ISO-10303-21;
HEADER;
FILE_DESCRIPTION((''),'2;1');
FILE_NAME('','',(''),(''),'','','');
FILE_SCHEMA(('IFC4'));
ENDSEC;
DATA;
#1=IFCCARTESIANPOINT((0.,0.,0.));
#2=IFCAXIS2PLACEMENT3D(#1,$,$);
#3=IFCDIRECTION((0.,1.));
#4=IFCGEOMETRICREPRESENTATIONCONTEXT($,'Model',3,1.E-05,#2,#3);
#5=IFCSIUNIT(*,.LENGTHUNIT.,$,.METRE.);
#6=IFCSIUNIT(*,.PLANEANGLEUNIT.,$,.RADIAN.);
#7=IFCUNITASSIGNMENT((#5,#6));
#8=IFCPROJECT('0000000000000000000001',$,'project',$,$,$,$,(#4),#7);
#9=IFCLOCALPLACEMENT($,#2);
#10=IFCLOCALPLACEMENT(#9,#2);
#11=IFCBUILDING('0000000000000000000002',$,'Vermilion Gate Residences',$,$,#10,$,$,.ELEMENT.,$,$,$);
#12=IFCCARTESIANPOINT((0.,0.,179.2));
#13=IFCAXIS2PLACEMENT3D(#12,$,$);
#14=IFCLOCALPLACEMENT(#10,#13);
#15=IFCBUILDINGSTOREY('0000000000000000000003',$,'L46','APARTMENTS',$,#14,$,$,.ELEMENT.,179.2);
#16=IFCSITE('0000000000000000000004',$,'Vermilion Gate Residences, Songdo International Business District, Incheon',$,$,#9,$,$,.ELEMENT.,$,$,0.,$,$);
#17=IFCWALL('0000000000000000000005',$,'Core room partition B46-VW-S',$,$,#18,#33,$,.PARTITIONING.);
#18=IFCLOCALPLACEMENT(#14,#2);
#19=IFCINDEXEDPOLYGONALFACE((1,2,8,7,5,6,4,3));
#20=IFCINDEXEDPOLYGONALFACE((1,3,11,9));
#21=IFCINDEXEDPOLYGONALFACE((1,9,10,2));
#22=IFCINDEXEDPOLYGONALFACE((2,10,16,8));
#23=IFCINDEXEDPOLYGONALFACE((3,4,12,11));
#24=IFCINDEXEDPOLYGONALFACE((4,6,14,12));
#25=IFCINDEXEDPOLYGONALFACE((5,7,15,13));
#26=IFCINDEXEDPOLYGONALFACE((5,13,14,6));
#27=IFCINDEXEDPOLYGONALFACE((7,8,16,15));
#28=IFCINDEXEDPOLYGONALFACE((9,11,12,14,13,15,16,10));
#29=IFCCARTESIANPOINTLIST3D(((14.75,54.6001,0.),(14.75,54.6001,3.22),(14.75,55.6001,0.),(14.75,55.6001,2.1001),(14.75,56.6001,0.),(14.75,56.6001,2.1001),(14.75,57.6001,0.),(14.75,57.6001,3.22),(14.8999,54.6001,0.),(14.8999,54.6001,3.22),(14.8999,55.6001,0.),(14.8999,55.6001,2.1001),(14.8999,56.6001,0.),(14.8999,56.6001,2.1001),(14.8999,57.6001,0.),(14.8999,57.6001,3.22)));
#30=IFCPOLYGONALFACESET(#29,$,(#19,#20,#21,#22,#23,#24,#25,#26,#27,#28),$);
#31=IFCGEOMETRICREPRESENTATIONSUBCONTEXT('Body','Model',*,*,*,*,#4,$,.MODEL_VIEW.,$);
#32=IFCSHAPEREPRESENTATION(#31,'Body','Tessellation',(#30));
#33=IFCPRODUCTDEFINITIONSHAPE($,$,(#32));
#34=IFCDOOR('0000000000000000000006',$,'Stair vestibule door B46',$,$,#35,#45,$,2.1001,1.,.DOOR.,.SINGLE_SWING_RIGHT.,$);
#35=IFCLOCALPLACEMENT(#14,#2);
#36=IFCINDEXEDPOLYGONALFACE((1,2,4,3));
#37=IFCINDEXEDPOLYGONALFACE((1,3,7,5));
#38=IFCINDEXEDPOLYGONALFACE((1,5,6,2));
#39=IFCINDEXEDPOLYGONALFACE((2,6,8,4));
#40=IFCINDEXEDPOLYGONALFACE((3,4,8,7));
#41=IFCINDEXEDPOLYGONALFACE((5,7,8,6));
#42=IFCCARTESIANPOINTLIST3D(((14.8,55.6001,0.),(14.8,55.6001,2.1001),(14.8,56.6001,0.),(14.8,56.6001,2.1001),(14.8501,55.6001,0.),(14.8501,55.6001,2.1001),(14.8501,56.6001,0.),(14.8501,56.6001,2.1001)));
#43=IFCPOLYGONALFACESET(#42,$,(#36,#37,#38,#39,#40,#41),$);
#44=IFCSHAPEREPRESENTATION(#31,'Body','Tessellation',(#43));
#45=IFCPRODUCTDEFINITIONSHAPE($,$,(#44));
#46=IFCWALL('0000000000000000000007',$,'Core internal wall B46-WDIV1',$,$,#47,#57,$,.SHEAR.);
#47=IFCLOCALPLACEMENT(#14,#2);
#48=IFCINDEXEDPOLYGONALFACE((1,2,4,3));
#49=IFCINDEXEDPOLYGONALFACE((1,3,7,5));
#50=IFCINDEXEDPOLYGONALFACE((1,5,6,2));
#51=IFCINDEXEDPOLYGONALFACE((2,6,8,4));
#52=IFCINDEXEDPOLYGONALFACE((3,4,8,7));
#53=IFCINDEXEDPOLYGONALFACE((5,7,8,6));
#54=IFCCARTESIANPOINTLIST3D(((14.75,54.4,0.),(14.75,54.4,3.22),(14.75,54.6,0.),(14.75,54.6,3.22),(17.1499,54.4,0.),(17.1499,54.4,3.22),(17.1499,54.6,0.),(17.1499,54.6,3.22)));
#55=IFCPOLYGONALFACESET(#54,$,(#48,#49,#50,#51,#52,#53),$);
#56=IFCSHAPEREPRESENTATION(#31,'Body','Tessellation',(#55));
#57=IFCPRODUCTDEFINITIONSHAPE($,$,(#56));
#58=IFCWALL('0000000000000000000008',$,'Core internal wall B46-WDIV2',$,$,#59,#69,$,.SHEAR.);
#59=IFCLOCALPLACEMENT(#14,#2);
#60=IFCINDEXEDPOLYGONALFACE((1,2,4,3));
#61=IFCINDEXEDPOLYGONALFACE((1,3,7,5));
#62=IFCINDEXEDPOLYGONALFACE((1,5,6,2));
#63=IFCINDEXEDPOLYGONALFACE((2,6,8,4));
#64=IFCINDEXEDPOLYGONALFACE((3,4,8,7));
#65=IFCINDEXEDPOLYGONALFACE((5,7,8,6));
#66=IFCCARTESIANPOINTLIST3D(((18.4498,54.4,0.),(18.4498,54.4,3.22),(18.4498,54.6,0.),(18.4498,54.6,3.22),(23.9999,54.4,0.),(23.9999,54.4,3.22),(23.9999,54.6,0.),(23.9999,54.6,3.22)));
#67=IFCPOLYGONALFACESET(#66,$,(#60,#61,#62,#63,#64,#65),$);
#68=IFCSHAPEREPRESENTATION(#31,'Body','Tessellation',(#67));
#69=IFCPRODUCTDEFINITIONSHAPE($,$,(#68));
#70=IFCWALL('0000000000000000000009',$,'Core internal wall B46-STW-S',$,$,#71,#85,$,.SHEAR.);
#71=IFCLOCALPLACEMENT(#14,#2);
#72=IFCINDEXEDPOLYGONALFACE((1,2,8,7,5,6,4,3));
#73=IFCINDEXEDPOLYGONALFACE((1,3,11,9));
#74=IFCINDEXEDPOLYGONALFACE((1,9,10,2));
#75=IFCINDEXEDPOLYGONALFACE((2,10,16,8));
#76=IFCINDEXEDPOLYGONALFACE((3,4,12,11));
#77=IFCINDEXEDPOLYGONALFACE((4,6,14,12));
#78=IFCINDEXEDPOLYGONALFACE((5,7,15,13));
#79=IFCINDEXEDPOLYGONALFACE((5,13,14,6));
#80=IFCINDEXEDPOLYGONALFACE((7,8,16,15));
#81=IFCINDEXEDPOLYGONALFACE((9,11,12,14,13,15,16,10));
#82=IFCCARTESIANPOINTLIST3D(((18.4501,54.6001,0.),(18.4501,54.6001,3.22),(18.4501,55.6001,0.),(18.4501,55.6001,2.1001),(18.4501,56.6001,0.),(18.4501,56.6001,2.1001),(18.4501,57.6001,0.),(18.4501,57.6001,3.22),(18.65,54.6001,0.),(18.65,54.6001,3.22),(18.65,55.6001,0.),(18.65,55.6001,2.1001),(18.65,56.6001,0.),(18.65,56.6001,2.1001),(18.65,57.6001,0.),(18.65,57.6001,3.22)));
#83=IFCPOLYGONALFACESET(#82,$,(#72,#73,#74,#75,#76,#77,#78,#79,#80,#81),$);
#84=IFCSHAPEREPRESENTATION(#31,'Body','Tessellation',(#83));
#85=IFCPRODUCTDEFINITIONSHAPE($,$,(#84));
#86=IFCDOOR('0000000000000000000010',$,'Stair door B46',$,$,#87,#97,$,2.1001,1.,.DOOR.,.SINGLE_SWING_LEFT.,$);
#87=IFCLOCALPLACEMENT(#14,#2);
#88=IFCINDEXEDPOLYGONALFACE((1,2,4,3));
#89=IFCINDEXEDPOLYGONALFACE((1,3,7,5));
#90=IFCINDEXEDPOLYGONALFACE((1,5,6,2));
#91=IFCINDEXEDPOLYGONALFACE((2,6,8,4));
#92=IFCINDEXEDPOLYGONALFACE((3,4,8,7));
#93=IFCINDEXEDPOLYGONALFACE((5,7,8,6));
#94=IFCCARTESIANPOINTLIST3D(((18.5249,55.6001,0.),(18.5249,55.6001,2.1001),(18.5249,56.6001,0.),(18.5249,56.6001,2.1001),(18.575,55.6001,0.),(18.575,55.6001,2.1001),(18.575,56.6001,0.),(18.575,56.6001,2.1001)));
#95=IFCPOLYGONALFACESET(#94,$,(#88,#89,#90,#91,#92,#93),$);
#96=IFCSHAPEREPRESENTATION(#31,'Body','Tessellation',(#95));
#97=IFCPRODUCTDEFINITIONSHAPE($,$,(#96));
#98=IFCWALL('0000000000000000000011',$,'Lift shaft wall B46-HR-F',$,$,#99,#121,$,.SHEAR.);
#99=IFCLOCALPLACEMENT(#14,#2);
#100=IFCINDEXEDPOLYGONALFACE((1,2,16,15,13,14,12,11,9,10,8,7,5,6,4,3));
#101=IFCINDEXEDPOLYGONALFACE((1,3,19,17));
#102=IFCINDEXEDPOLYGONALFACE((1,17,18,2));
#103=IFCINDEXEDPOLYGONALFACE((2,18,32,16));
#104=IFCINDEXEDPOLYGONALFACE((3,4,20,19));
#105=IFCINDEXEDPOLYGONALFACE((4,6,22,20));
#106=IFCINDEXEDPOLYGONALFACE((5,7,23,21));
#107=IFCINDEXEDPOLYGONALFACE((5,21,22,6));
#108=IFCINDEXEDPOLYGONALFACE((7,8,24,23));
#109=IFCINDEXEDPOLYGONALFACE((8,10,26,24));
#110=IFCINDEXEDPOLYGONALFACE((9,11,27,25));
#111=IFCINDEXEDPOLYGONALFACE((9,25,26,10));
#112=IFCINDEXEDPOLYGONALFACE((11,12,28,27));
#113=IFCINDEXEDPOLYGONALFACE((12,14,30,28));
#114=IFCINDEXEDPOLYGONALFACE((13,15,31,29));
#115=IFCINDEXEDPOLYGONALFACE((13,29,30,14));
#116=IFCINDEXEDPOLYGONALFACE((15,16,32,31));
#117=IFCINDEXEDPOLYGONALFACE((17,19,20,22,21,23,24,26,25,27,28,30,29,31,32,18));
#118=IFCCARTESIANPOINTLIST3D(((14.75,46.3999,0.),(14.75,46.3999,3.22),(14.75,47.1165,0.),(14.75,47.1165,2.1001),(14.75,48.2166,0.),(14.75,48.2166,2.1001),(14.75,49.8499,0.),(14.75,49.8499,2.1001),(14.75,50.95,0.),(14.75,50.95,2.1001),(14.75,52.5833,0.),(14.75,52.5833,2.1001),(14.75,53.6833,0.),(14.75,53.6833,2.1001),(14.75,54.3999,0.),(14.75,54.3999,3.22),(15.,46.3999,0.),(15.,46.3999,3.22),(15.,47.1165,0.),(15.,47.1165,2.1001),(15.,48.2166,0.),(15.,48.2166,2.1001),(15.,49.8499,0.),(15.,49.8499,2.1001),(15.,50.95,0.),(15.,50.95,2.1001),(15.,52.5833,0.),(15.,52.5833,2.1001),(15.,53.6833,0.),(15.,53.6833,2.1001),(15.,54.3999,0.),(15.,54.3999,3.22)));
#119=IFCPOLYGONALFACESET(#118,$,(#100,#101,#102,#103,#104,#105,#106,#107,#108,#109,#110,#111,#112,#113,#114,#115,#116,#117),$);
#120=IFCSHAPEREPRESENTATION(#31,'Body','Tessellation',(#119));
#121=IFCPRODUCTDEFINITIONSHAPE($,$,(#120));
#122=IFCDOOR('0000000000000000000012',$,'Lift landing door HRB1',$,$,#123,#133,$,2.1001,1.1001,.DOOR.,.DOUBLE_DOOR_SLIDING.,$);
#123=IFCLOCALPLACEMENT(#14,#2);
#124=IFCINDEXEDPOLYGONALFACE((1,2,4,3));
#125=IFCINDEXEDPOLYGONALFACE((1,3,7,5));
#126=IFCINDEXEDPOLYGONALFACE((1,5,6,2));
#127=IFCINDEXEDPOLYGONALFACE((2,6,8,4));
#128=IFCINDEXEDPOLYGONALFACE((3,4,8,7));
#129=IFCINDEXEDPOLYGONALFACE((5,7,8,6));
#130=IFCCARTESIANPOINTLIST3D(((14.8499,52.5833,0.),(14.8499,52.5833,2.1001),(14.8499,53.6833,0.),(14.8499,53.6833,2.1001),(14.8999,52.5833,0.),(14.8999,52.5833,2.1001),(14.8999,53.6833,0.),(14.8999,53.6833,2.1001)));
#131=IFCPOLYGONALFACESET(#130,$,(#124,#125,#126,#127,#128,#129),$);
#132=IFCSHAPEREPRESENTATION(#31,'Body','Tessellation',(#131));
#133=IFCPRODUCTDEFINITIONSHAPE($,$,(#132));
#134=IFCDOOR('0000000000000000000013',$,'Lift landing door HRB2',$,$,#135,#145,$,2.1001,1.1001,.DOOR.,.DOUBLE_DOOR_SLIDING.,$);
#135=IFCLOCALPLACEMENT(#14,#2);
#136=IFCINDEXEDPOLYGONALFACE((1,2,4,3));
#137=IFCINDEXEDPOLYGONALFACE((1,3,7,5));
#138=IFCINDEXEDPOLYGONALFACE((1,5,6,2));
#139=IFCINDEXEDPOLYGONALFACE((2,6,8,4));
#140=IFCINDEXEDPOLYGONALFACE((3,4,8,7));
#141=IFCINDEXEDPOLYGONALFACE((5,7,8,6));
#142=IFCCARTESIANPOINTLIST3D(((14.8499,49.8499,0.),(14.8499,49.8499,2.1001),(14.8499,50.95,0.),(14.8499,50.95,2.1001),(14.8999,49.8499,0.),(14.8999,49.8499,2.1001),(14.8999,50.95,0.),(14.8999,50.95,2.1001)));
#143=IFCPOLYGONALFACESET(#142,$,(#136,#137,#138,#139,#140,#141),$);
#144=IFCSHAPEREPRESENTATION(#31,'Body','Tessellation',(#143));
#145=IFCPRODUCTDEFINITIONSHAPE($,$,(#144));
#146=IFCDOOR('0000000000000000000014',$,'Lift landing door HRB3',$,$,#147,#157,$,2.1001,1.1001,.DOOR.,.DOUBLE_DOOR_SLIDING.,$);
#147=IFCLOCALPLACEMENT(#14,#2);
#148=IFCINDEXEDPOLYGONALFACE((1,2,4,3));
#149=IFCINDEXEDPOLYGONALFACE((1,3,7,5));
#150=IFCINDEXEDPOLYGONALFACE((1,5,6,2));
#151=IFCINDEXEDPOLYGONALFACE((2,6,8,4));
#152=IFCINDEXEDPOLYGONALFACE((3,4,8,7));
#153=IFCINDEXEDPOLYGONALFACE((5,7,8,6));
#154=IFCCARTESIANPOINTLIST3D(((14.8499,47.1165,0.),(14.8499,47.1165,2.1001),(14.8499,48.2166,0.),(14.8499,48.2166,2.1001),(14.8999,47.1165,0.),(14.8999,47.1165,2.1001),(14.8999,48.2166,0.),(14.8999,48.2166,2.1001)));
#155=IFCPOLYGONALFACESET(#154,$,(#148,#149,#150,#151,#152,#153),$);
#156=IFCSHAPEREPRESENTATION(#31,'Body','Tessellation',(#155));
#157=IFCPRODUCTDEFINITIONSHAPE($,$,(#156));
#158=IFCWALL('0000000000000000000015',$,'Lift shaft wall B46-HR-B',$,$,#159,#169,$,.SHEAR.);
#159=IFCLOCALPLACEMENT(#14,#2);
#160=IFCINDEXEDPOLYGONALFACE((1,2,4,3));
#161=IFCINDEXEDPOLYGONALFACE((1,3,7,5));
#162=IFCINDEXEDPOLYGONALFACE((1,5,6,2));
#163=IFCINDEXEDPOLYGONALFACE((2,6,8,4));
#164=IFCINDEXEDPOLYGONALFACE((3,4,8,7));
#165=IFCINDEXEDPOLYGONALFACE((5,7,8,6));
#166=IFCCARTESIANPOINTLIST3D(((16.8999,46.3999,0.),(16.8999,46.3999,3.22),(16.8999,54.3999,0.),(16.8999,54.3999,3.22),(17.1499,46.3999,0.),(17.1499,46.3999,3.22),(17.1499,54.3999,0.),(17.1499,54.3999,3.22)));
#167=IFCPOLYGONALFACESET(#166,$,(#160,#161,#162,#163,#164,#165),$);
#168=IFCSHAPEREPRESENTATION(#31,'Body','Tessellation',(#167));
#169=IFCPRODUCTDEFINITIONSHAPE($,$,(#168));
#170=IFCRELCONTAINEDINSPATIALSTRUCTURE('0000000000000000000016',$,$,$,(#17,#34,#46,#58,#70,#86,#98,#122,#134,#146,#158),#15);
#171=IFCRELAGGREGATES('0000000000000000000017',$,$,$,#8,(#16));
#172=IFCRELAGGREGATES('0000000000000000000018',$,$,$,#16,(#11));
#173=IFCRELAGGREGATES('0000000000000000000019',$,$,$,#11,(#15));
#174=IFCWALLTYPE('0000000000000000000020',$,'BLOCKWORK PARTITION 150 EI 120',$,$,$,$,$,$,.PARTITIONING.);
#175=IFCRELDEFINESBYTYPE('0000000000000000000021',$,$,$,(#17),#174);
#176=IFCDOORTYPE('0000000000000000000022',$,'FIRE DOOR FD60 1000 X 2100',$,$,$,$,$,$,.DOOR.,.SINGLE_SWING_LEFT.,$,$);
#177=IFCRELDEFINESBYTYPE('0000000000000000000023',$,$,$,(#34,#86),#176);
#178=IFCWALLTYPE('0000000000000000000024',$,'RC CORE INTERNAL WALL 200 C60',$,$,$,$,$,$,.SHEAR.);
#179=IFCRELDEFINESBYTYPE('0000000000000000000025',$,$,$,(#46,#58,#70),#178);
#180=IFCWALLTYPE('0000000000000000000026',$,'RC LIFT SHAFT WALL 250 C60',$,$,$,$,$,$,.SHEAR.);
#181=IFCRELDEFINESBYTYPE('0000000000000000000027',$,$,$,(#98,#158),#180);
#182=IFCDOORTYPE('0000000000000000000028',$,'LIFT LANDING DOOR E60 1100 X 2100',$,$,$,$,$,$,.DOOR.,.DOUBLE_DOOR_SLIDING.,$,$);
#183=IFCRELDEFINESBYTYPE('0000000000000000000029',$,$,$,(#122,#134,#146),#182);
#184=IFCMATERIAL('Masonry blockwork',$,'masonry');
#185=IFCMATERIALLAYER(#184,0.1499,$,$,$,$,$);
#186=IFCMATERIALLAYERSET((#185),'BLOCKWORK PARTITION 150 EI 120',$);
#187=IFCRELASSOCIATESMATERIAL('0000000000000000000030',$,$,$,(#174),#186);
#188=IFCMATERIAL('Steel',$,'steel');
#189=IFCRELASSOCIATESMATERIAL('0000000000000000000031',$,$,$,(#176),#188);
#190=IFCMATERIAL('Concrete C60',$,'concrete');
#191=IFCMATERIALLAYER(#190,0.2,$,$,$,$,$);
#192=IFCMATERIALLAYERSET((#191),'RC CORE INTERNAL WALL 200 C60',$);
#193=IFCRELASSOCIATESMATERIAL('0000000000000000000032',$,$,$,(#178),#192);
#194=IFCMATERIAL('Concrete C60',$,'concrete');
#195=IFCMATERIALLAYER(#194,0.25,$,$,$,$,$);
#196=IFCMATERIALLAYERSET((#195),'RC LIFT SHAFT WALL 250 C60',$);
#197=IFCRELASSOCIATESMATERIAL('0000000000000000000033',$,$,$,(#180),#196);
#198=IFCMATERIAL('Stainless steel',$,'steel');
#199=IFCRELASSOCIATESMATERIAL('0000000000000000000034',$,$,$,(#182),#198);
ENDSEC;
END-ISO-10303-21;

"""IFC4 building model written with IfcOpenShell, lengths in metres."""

from ifc_helpers import new_model, si_unit, direction, frame, frame_2d, origin, place, context, subcontext, project, spatial, rectangle, extrude, material, layer, layer_set, type_object, element, fill, save


model = new_model("IFC4")

# Units and contexts
model_context = context("Model", 3, precision=1e-05, world=origin(), true_north=direction((0.0, 1.0)))
body_context = subcontext(model_context, "Body", "Model", "MODEL_VIEW")
ifc_project = project(units=[si_unit("LENGTHUNIT", "METRE"), si_unit("PLANEANGLEUNIT", "RADIAN")], contexts=[model_context])

# Site, building, storey
site_placement = place(None, origin())
site = spatial("IfcSite", under=ifc_project, at=site_placement, Name="Vermilion Gate Residences, Songdo International Business District, Incheon", CompositionType="ELEMENT", RefElevation=0.0)
building_placement = place(site_placement, origin())
building = spatial("IfcBuilding", under=site, at=building_placement, Name="Vermilion Gate Residences", CompositionType="ELEMENT")
storey_placement = place(building_placement, frame((0.0, 0.0, 179.2)))
storey = spatial("IfcBuildingStorey", under=building, at=storey_placement, Name="L46", Description="APARTMENTS", CompositionType="ELEMENT", Elevation=179.2)

# Wall, opening, door
ifc_material_1 = material(Name="Masonry blockwork", Category="masonry")
ifc_layer_1 = layer(ifc_material_1, 0.1499)
ifc_layer_set_1 = layer_set([ifc_layer_1], Name="BLOCKWORK PARTITION 150 EI 120")
wall_type_1 = type_object("IfcWallType", Name="BLOCKWORK PARTITION 150 EI 120", PredefinedType="PARTITIONING", material=ifc_layer_set_1)
wall_1_placement = place(storey_placement, frame((14.825, 57.6001, 0.0), z_axis=(0.0, 0.0, 1.0), x_axis=(0.0, -1.0, 0.0)))
wall_1 = element("IfcWall", 1, at=wall_1_placement, inside=storey, type_object=wall_type_1, Name="Core room partition B46-VW-S", PredefinedType="PARTITIONING", context=body_context, shape_type="SweptSolid", body=[
    extrude(rectangle(XDim=3.0, YDim=0.1499, at=frame_2d((1.5, 0.0))), origin(), (0.0, 0.0, 1.0), 3.22),
])
opening_1_placement = place(wall_1_placement, frame((1.0, 0.0, 0.0)))
opening_1 = element("IfcOpeningElement", 2, at=opening_1_placement, cuts=wall_1, PredefinedType="OPENING", context=body_context, shape_type="SweptSolid", body=[
    extrude(rectangle(XDim=1.0, YDim=2.1001, at=frame_2d((0.5, 1.05))), frame((0.0, 0.085, 0.0), z_axis=(0.0, -1.0, 0.0), x_axis=(1.0, 0.0, 0.0)), (0.0, 0.0, 1.0), 0.1699),
])
ifc_material_2 = material(Name="Steel", Category="steel")
door_type_1 = type_object("IfcDoorType", Name="FIRE DOOR FD60 1000 X 2100", OperationType="SINGLE_SWING_LEFT", PredefinedType="DOOR", material=ifc_material_2)
door_1_placement = place(opening_1_placement, frame((1.0, 0.0, 0.0), z_axis=(0.0, 0.0, 1.0), x_axis=(-1.0, 0.0, 0.0)))
door_1 = element("IfcDoor", 3, at=door_1_placement, inside=storey, type_object=door_type_1, Name="Stair vestibule door B46", OperationType="SINGLE_SWING_RIGHT", OverallHeight=2.1001, OverallWidth=1.0, PredefinedType="DOOR", context=body_context, shape_type="SweptSolid", body=[
    extrude(rectangle(XDim=1.0, YDim=2.1001, at=frame_2d((0.5, 1.05))), frame((0.0, 0.0249, 0.0), z_axis=(0.0, -1.0, 0.0), x_axis=(1.0, 0.0, 0.0)), (0.0, 0.0, 1.0), 0.05),
])
fill(opening_1, door_1)

# Walls
ifc_material_3 = material(Name="Concrete C60", Category="concrete")
ifc_layer_2 = layer(ifc_material_3, 0.2)
ifc_layer_set_2 = layer_set([ifc_layer_2], Name="RC CORE INTERNAL WALL 200 C60")
wall_type_2 = type_object("IfcWallType", Name="RC CORE INTERNAL WALL 200 C60", PredefinedType="SHEAR", material=ifc_layer_set_2)
wall_2_placement = place(storey_placement, frame((14.75, 54.5, 0.0), z_axis=(0.0, 0.0, 1.0), x_axis=(1.0, 0.0, 0.0)))
element("IfcWall", 4, at=wall_2_placement, inside=storey, type_object=wall_type_2, Name="Core internal wall B46-WDIV1", PredefinedType="SHEAR", context=body_context, shape_type="SweptSolid", body=[
    extrude(rectangle(XDim=2.3999, YDim=0.2, at=frame_2d((1.2, 0.0))), origin(), (0.0, 0.0, 1.0), 3.22),
])
wall_3_placement = place(storey_placement, frame((18.45, 54.5, 0.0), z_axis=(0.0, 0.0, 1.0), x_axis=(1.0, 0.0, 0.0)))
element("IfcWall", 5, at=wall_3_placement, inside=storey, type_object=wall_type_2, Name="Core internal wall B46-WDIV2", PredefinedType="SHEAR", context=body_context, shape_type="SweptSolid", body=[
    extrude(rectangle(XDim=5.55, YDim=0.2, at=frame_2d((2.7749, 0.0))), origin(), (0.0, 0.0, 1.0), 3.22),
])

# Wall, opening, door
wall_4_placement = place(storey_placement, frame((18.55, 57.6001, 0.0), z_axis=(0.0, 0.0, 1.0), x_axis=(0.0, -1.0, 0.0)))
wall_4 = element("IfcWall", 6, at=wall_4_placement, inside=storey, type_object=wall_type_2, Name="Core internal wall B46-STW-S", PredefinedType="SHEAR", context=body_context, shape_type="SweptSolid", body=[
    extrude(rectangle(XDim=3.0, YDim=0.2, at=frame_2d((1.5, 0.0))), origin(), (0.0, 0.0, 1.0), 3.22),
])
opening_2_placement = place(wall_4_placement, frame((1.0, 0.0, 0.0)))
opening_2 = element("IfcOpeningElement", 7, at=opening_2_placement, cuts=wall_4, PredefinedType="OPENING", context=body_context, shape_type="SweptSolid", body=[
    extrude(rectangle(XDim=1.0, YDim=2.1001, at=frame_2d((0.5, 1.05))), frame((0.0, 0.1099, 0.0), z_axis=(0.0, -1.0, 0.0), x_axis=(1.0, 0.0, 0.0)), (0.0, 0.0, 1.0), 0.22),
])
door_2_placement = place(opening_2_placement, origin())
door_2 = element("IfcDoor", 8, at=door_2_placement, inside=storey, type_object=door_type_1, Name="Stair door B46", OperationType="SINGLE_SWING_LEFT", OverallHeight=2.1001, OverallWidth=1.0, PredefinedType="DOOR", context=body_context, shape_type="SweptSolid", body=[
    extrude(rectangle(XDim=1.0, YDim=2.1001, at=frame_2d((0.5, 1.05))), frame((0.0, 0.0249, 0.0), z_axis=(0.0, -1.0, 0.0), x_axis=(1.0, 0.0, 0.0)), (0.0, 0.0, 1.0), 0.05),
])
fill(opening_2, door_2)

# Wall, openings, doors
ifc_material_4 = material(Name="Concrete C60", Category="concrete")
ifc_layer_3 = layer(ifc_material_4, 0.25)
ifc_layer_set_3 = layer_set([ifc_layer_3], Name="RC LIFT SHAFT WALL 250 C60")
wall_type_3 = type_object("IfcWallType", Name="RC LIFT SHAFT WALL 250 C60", PredefinedType="SHEAR", material=ifc_layer_set_3)
wall_5_placement = place(storey_placement, frame((14.875, 54.3999, 0.0), z_axis=(0.0, 0.0, 1.0), x_axis=(0.0, -1.0, 0.0)))
wall_5 = element("IfcWall", 9, at=wall_5_placement, inside=storey, type_object=wall_type_3, Name="Lift shaft wall B46-HR-F", PredefinedType="SHEAR", context=body_context, shape_type="SweptSolid", body=[
    extrude(rectangle(XDim=8.0, YDim=0.25, at=frame_2d((4.0, 0.0))), origin(), (0.0, 0.0, 1.0), 3.22),
])
opening_3_placement = place(wall_5_placement, frame((0.7166, 0.0, 0.0)))
opening_3 = element("IfcOpeningElement", 10, at=opening_3_placement, cuts=wall_5, PredefinedType="OPENING", context=body_context, shape_type="SweptSolid", body=[
    extrude(rectangle(XDim=1.1001, YDim=2.1001, at=frame_2d((0.55, 1.05))), frame((0.0, 0.135, 0.0), z_axis=(0.0, -1.0, 0.0), x_axis=(1.0, 0.0, 0.0)), (0.0, 0.0, 1.0), 0.27),
])
opening_4_placement = place(wall_5_placement, frame((3.45, 0.0, 0.0)))
opening_4 = element("IfcOpeningElement", 11, at=opening_4_placement, cuts=wall_5, PredefinedType="OPENING", context=body_context, shape_type="SweptSolid", body=[
    extrude(rectangle(XDim=1.1001, YDim=2.1001, at=frame_2d((0.55, 1.05))), frame((0.0, 0.135, 0.0), z_axis=(0.0, -1.0, 0.0), x_axis=(1.0, 0.0, 0.0)), (0.0, 0.0, 1.0), 0.27),
])
opening_5_placement = place(wall_5_placement, frame((6.1833, 0.0, 0.0)))
opening_5 = element("IfcOpeningElement", 12, at=opening_5_placement, cuts=wall_5, PredefinedType="OPENING", context=body_context, shape_type="SweptSolid", body=[
    extrude(rectangle(XDim=1.1001, YDim=2.1001, at=frame_2d((0.55, 1.05))), frame((0.0, 0.135, 0.0), z_axis=(0.0, -1.0, 0.0), x_axis=(1.0, 0.0, 0.0)), (0.0, 0.0, 1.0), 0.27),
])
ifc_material_5 = material(Name="Stainless steel", Category="steel")
door_type_2 = type_object("IfcDoorType", Name="LIFT LANDING DOOR E60 1100 X 2100", OperationType="DOUBLE_DOOR_SLIDING", PredefinedType="DOOR", material=ifc_material_5)
door_3_placement = place(opening_3_placement, origin())
door_3 = element("IfcDoor", 13, at=door_3_placement, inside=storey, type_object=door_type_2, Name="Lift landing door HRB1", OperationType="DOUBLE_DOOR_SLIDING", OverallHeight=2.1001, OverallWidth=1.1001, PredefinedType="DOOR", context=body_context, shape_type="SweptSolid", body=[
    extrude(rectangle(XDim=1.1001, YDim=2.1001, at=frame_2d((0.55, 1.05))), frame((0.0, 0.0249, 0.0), z_axis=(0.0, -1.0, 0.0), x_axis=(1.0, 0.0, 0.0)), (0.0, 0.0, 1.0), 0.05),
])
fill(opening_3, door_3)
door_4_placement = place(opening_4_placement, origin())
door_4 = element("IfcDoor", 14, at=door_4_placement, inside=storey, type_object=door_type_2, Name="Lift landing door HRB2", OperationType="DOUBLE_DOOR_SLIDING", OverallHeight=2.1001, OverallWidth=1.1001, PredefinedType="DOOR", context=body_context, shape_type="SweptSolid", body=[
    extrude(rectangle(XDim=1.1001, YDim=2.1001, at=frame_2d((0.55, 1.05))), frame((0.0, 0.0249, 0.0), z_axis=(0.0, -1.0, 0.0), x_axis=(1.0, 0.0, 0.0)), (0.0, 0.0, 1.0), 0.05),
])
fill(opening_4, door_4)
door_5_placement = place(opening_5_placement, origin())
door_5 = element("IfcDoor", 15, at=door_5_placement, inside=storey, type_object=door_type_2, Name="Lift landing door HRB3", OperationType="DOUBLE_DOOR_SLIDING", OverallHeight=2.1001, OverallWidth=1.1001, PredefinedType="DOOR", context=body_context, shape_type="SweptSolid", body=[
    extrude(rectangle(XDim=1.1001, YDim=2.1001, at=frame_2d((0.55, 1.05))), frame((0.0, 0.0249, 0.0), z_axis=(0.0, -1.0, 0.0), x_axis=(1.0, 0.0, 0.0)), (0.0, 0.0, 1.0), 0.05),
])
fill(opening_5, door_5)

# Wall
wall_6_placement = place(storey_placement, frame((17.0249, 54.3999, 0.0), z_axis=(0.0, 0.0, 1.0), x_axis=(0.0, -1.0, 0.0)))
element("IfcWall", 16, at=wall_6_placement, inside=storey, type_object=wall_type_3, Name="Lift shaft wall B46-HR-B", PredefinedType="SHEAR", context=body_context, shape_type="SweptSolid", body=[
    extrude(rectangle(XDim=8.0, YDim=0.25, at=frame_2d((4.0, 0.0))), origin(), (0.0, 0.0, 1.0), 3.22),
])

save(model, "model.ifc")
